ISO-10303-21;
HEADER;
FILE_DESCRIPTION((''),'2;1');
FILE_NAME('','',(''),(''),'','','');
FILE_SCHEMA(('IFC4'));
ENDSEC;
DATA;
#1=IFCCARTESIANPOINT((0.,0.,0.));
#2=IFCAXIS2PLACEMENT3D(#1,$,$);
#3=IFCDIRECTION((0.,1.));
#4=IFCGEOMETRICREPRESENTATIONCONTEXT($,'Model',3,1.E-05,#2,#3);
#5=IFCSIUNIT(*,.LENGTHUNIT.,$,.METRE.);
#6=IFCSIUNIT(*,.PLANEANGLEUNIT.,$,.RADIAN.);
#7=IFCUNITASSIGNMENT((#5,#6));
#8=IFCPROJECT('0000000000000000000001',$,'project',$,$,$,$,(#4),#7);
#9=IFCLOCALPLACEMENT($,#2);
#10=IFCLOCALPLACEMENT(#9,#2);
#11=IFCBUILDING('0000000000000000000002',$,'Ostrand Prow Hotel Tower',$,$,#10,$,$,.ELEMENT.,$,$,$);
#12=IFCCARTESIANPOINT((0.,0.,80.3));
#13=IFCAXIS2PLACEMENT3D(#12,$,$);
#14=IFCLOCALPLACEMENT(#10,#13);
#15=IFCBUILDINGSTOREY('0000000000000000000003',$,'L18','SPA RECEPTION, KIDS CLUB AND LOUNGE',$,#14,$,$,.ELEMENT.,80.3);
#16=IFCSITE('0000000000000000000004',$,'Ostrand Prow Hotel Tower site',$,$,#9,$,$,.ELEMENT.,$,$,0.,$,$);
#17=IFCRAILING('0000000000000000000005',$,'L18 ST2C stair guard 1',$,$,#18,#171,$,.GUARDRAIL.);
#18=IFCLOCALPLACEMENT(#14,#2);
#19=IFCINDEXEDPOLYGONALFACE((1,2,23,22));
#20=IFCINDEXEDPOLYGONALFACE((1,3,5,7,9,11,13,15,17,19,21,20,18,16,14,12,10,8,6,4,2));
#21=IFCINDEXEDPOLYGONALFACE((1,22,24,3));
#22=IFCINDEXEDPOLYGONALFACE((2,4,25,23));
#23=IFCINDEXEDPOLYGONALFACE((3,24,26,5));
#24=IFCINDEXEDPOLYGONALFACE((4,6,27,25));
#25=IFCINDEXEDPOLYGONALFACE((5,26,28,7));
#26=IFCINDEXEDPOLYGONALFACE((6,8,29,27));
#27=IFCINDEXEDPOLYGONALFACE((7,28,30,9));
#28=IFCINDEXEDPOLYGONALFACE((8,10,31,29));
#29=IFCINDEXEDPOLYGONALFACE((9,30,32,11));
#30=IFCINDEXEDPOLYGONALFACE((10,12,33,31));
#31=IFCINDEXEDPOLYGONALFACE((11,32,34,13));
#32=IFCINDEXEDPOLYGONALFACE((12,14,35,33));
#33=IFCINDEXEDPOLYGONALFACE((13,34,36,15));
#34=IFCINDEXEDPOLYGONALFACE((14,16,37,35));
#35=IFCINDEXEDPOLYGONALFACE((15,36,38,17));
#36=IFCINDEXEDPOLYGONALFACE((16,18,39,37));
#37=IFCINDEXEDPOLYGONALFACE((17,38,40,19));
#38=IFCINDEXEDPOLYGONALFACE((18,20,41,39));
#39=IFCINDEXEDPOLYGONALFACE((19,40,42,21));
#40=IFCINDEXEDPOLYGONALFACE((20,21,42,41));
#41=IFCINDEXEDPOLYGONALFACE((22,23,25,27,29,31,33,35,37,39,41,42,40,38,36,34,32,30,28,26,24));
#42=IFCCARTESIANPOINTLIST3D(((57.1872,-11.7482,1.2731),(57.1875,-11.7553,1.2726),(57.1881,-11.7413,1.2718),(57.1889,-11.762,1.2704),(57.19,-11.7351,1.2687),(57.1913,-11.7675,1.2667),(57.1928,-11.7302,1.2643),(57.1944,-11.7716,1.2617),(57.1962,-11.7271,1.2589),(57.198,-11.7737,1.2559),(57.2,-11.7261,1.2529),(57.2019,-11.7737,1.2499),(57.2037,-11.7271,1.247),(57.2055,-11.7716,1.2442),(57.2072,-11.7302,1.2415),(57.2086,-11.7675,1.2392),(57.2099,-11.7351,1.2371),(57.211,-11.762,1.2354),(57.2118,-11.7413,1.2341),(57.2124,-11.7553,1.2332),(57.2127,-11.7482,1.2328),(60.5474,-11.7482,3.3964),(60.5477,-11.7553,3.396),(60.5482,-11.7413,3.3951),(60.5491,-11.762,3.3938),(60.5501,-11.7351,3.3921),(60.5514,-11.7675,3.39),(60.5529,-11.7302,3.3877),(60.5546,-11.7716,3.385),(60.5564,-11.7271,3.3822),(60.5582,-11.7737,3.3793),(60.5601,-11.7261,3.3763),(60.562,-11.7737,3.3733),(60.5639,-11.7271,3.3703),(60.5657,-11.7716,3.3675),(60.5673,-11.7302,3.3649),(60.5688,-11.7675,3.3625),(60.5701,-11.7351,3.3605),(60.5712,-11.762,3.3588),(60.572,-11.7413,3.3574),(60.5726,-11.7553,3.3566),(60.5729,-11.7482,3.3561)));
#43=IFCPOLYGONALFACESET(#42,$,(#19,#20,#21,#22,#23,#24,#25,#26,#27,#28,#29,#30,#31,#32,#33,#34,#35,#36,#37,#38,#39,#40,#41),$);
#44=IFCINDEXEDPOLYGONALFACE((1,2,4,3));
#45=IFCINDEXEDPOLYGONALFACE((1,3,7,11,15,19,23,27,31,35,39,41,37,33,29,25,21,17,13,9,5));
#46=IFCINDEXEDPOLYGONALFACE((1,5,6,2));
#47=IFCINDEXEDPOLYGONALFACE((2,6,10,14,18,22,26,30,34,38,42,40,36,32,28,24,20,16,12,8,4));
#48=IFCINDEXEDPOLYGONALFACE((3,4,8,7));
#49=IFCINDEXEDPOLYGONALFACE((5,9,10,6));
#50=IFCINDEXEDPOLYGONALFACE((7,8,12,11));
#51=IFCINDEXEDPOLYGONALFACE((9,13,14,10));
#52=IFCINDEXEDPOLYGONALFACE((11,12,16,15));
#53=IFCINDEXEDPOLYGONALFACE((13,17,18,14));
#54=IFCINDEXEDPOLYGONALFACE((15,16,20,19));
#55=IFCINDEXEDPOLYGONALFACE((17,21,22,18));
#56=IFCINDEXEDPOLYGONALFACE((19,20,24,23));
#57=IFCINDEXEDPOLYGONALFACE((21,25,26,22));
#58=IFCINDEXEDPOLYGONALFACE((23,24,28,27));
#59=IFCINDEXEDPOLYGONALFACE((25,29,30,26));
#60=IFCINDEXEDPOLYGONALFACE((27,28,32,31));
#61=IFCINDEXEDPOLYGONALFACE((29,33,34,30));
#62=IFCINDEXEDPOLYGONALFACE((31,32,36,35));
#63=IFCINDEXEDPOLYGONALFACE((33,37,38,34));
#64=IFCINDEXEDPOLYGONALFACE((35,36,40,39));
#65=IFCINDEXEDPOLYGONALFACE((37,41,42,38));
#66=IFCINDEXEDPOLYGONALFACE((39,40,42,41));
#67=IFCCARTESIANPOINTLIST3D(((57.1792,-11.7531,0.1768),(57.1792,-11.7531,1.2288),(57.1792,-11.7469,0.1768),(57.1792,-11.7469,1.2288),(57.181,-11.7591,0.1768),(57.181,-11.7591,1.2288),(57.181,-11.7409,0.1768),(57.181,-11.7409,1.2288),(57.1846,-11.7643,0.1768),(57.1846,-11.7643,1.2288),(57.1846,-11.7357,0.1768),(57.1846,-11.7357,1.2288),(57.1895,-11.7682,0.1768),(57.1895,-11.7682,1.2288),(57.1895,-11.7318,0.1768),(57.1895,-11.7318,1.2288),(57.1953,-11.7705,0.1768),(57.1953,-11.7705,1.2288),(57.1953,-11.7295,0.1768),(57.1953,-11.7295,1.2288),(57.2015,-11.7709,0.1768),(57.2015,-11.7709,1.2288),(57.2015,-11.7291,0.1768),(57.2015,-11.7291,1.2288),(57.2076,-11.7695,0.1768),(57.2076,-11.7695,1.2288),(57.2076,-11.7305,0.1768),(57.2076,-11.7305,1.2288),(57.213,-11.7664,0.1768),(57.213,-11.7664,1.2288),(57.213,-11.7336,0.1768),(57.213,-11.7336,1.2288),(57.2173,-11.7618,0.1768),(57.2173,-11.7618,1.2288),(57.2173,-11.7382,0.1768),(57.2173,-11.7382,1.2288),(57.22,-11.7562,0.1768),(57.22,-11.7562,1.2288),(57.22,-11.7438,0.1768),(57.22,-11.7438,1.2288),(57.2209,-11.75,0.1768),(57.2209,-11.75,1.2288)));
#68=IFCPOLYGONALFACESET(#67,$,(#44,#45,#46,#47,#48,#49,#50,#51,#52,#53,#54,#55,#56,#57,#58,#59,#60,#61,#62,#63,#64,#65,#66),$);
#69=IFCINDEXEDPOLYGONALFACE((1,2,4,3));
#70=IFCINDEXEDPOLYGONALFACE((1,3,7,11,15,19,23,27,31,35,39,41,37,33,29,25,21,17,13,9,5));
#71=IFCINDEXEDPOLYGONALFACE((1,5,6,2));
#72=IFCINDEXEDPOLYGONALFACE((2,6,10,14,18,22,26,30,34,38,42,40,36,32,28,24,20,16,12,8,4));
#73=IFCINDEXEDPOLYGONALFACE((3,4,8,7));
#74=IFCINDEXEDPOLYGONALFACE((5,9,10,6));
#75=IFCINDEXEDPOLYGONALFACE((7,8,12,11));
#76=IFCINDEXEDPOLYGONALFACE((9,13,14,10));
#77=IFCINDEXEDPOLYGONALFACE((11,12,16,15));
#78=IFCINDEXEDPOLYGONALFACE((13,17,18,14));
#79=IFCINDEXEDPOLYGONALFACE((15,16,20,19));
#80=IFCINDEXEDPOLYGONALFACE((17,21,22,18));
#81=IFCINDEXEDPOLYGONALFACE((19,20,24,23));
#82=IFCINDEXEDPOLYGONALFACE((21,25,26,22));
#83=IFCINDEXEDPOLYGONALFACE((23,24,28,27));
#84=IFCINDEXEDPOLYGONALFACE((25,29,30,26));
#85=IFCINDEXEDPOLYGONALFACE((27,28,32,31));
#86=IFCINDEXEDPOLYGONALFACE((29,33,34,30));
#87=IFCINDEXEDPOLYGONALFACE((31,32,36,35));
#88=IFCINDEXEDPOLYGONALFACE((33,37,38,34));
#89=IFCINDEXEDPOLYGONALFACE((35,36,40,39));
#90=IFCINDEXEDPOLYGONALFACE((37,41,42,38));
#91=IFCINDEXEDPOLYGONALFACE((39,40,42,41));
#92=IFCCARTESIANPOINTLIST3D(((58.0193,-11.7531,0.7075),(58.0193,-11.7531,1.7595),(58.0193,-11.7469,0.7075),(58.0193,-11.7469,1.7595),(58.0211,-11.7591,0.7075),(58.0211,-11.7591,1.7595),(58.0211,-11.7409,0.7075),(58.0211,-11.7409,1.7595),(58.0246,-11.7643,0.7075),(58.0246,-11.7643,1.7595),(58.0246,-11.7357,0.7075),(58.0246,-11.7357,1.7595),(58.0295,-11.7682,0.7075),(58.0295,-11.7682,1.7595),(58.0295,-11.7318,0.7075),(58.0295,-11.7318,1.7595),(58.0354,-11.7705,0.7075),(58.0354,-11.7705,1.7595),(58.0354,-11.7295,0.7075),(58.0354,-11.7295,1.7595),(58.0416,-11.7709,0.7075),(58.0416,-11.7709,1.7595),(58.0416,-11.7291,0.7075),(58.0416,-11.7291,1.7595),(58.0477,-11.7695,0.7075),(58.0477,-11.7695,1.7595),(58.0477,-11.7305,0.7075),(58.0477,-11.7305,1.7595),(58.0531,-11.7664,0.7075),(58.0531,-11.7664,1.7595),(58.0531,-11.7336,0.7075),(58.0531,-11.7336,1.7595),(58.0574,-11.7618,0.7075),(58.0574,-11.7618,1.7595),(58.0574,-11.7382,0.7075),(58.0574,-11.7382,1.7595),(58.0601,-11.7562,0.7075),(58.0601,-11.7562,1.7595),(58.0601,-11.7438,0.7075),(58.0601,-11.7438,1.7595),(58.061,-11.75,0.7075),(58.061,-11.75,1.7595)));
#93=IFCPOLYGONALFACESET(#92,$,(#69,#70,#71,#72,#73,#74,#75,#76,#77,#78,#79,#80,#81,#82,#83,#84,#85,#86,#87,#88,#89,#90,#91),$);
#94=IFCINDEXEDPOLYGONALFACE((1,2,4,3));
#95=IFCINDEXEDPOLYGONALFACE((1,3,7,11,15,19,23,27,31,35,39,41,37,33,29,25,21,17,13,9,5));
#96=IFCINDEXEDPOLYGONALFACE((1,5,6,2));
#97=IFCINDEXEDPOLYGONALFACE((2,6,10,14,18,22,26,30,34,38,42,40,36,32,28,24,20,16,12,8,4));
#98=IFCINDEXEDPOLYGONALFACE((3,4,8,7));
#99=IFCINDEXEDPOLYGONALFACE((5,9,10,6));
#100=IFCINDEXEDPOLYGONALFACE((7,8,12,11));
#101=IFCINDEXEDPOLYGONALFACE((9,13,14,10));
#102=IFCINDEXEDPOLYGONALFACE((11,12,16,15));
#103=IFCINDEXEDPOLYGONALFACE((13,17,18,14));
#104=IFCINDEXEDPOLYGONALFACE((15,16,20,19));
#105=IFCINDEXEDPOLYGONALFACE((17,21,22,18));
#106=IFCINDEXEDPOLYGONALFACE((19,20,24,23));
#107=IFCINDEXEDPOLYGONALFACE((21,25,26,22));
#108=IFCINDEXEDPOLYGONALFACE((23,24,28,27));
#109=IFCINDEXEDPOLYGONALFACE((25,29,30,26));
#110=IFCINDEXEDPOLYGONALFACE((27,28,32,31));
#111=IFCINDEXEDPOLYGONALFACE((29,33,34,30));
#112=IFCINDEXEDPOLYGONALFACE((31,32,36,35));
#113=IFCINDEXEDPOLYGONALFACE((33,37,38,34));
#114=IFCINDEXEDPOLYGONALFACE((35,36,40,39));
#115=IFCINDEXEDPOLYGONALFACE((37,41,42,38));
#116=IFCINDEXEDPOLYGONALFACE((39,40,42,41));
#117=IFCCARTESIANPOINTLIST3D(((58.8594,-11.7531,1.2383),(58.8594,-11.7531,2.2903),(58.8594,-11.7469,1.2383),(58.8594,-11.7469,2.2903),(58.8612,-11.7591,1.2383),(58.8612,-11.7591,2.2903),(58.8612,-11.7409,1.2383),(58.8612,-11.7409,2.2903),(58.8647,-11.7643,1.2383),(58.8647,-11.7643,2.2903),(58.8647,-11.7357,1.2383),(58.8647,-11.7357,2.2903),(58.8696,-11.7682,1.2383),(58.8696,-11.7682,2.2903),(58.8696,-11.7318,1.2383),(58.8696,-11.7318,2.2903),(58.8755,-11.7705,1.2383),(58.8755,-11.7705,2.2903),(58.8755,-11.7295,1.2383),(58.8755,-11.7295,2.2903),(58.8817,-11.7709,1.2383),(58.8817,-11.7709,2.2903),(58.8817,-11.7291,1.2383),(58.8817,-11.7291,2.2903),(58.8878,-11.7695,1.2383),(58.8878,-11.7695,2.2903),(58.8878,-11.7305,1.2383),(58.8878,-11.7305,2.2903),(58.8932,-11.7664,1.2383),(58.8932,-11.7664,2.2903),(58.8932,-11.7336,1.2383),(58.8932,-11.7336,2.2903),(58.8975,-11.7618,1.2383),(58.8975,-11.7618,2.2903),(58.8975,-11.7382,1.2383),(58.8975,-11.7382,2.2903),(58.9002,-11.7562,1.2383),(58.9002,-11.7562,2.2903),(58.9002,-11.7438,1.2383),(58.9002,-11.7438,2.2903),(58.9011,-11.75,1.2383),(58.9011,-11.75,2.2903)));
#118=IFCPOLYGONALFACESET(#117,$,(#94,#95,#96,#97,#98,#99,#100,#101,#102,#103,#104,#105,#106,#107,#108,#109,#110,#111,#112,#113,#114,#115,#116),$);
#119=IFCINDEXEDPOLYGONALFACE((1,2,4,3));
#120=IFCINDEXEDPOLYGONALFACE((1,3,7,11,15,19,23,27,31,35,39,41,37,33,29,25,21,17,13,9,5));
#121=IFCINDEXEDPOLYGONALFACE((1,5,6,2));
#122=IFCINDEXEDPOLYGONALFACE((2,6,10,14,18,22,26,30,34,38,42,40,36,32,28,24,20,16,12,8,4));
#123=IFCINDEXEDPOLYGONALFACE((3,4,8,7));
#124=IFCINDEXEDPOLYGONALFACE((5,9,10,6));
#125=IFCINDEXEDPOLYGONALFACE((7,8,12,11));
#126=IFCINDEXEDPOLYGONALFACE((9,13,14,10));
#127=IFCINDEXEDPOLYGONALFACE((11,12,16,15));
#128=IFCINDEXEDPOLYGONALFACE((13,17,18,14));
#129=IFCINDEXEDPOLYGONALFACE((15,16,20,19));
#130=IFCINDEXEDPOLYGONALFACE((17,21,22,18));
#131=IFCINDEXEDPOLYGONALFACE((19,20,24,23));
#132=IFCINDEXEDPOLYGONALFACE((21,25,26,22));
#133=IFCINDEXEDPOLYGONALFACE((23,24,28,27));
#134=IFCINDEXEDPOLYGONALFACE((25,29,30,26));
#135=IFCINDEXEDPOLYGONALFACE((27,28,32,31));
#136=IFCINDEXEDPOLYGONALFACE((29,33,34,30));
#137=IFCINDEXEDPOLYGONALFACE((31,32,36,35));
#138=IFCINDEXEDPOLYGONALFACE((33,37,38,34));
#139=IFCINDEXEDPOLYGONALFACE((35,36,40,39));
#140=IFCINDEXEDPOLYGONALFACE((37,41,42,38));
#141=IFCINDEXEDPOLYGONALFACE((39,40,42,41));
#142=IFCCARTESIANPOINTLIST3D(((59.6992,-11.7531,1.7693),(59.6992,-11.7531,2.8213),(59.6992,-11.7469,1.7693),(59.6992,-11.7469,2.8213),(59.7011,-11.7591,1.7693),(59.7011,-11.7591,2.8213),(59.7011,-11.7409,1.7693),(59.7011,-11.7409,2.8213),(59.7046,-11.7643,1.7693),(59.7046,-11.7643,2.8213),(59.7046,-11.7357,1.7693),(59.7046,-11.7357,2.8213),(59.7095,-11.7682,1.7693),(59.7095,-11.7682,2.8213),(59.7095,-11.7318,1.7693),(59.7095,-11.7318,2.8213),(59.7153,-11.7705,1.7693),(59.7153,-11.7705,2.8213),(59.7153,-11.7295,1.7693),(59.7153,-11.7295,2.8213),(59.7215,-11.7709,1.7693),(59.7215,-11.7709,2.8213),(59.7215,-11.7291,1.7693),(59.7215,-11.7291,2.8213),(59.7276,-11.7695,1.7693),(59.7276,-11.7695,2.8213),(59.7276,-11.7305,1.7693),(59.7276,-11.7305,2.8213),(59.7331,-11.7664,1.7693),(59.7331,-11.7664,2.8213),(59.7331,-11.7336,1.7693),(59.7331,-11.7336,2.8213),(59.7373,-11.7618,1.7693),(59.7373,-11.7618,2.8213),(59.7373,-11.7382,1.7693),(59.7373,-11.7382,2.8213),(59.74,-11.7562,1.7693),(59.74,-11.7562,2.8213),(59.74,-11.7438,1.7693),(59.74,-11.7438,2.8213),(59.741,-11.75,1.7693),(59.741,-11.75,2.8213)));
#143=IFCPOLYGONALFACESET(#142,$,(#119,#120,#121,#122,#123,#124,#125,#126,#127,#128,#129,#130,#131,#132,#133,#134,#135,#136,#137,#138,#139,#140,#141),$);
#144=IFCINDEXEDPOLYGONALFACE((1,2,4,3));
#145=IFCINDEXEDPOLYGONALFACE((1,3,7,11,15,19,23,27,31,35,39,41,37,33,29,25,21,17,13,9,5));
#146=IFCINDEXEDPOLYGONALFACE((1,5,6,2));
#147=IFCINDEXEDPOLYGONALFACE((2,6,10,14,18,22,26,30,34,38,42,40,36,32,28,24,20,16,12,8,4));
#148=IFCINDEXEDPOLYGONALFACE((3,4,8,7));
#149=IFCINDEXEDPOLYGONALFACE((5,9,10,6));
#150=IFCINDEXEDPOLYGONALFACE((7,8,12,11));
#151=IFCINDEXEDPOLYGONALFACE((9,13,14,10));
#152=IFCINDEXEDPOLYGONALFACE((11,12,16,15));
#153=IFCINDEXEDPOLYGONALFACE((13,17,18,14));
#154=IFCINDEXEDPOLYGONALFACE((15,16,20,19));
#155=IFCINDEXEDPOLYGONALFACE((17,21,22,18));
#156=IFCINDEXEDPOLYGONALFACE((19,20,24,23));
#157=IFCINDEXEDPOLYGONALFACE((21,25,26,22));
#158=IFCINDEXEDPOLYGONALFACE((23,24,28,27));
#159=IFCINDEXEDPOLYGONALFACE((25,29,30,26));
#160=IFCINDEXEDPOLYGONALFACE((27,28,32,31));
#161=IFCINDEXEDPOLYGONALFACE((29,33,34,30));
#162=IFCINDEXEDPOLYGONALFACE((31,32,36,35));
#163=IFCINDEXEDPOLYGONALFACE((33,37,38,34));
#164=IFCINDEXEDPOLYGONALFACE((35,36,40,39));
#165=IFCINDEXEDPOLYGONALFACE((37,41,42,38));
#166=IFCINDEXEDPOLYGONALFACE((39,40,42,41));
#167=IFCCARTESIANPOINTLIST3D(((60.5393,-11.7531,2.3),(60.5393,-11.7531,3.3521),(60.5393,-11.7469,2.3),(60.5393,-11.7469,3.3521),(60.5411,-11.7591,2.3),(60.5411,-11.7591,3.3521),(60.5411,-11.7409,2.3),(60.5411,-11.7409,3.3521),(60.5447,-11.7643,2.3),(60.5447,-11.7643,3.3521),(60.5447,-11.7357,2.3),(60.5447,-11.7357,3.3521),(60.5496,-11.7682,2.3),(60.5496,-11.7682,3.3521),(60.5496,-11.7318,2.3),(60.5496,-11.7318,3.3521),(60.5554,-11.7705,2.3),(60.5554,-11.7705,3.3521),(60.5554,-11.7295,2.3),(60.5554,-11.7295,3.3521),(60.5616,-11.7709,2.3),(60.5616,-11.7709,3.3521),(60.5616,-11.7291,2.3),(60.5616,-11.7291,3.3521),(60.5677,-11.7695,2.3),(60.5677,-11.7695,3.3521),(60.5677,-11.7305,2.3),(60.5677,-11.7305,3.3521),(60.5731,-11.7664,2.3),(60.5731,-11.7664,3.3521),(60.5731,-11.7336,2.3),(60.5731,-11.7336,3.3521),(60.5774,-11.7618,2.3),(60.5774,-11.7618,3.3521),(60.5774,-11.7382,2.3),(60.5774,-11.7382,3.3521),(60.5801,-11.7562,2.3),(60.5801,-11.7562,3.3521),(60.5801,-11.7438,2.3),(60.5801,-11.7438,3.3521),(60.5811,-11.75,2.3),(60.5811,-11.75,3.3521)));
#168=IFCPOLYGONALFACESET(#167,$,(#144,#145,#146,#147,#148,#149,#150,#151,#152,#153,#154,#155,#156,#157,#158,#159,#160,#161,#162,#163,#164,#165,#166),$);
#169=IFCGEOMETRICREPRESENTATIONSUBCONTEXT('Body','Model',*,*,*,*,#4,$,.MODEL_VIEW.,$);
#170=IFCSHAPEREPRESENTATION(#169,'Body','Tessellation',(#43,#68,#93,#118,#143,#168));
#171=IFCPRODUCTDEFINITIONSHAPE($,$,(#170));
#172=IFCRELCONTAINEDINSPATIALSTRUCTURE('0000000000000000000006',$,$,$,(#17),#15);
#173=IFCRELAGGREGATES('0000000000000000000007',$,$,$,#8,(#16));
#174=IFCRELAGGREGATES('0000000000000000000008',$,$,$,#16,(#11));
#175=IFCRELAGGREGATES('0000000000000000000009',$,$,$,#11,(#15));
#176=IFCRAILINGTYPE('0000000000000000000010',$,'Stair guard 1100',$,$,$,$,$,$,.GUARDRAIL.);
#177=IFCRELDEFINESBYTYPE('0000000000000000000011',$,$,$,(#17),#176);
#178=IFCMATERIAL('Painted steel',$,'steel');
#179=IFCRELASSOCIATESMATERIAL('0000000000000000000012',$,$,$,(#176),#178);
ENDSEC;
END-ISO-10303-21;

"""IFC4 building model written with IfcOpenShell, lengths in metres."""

from ifc_helpers import new_model, si_unit, direction, frame, origin, origin_2d, place, context, subcontext, project, spatial, circle, extrude, material, type_object, element, save


model = new_model("IFC4")

# Units and contexts
model_context = context("Model", 3, precision=1e-05, world=origin(), true_north=direction((0.0, 1.0)))
body_context = subcontext(model_context, "Body", "Model", "MODEL_VIEW")
ifc_project = project(units=[si_unit("LENGTHUNIT", "METRE"), si_unit("PLANEANGLEUNIT", "RADIAN")], contexts=[model_context])

# Site, building, storey
site_placement = place(None, origin())
site = spatial("IfcSite", under=ifc_project, at=site_placement, Name="Ostrand Prow Hotel Tower site", CompositionType="ELEMENT", RefElevation=0.0)
building_placement = place(site_placement, origin())
building = spatial("IfcBuilding", under=site, at=building_placement, Name="Ostrand Prow Hotel Tower", CompositionType="ELEMENT")
storey_placement = place(building_placement, frame((0.0, 0.0, 80.3)))
storey = spatial("IfcBuildingStorey", under=building, at=storey_placement, Name="L18", Description="SPA RECEPTION, KIDS CLUB AND LOUNGE", CompositionType="ELEMENT", Elevation=80.3)

# Railing
ifc_material_1 = material(Name="Painted steel", Category="steel")
railing_type_1 = type_object("IfcRailingType", Name="Stair guard 1100", PredefinedType="GUARDRAIL", material=ifc_material_1)
railing_1_placement = place(storey_placement, frame((57.2, -11.75, 0.1768)))
element("IfcRailing", 1, at=railing_1_placement, inside=storey, type_object=railing_type_1, Name="L18 ST2C stair guard 1", PredefinedType="GUARDRAIL", context=body_context, shape_type="SweptSolid", body=[
    extrude(circle(Radius=0.0239, at=origin_2d()), frame((0.0, 0.0, 1.0762), z_axis=(0.845362, 0.0, 0.534194), x_axis=(0.0, 1.0, 0.0)), (0.0, 0.0, 1.0), 3.9749),
    extrude(circle(Radius=0.021, at=origin_2d()), origin(), (0.0, 0.0, 1.0), 1.052),
    extrude(circle(Radius=0.021, at=origin_2d()), frame((0.8401, 0.0, 0.5308)), (0.0, 0.0, 1.0), 1.052),
    extrude(circle(Radius=0.021, at=origin_2d()), frame((1.6802, 0.0, 1.0615)), (0.0, 0.0, 1.0), 1.052),
    extrude(circle(Radius=0.021, at=origin_2d()), frame((2.52, 0.0, 1.5925)), (0.0, 0.0, 1.0), 1.052),
    extrude(circle(Radius=0.021, at=origin_2d()), frame((3.3601, 0.0, 2.1233)), (0.0, 0.0, 1.0), 1.052),
])

save(model, "model.ifc")
